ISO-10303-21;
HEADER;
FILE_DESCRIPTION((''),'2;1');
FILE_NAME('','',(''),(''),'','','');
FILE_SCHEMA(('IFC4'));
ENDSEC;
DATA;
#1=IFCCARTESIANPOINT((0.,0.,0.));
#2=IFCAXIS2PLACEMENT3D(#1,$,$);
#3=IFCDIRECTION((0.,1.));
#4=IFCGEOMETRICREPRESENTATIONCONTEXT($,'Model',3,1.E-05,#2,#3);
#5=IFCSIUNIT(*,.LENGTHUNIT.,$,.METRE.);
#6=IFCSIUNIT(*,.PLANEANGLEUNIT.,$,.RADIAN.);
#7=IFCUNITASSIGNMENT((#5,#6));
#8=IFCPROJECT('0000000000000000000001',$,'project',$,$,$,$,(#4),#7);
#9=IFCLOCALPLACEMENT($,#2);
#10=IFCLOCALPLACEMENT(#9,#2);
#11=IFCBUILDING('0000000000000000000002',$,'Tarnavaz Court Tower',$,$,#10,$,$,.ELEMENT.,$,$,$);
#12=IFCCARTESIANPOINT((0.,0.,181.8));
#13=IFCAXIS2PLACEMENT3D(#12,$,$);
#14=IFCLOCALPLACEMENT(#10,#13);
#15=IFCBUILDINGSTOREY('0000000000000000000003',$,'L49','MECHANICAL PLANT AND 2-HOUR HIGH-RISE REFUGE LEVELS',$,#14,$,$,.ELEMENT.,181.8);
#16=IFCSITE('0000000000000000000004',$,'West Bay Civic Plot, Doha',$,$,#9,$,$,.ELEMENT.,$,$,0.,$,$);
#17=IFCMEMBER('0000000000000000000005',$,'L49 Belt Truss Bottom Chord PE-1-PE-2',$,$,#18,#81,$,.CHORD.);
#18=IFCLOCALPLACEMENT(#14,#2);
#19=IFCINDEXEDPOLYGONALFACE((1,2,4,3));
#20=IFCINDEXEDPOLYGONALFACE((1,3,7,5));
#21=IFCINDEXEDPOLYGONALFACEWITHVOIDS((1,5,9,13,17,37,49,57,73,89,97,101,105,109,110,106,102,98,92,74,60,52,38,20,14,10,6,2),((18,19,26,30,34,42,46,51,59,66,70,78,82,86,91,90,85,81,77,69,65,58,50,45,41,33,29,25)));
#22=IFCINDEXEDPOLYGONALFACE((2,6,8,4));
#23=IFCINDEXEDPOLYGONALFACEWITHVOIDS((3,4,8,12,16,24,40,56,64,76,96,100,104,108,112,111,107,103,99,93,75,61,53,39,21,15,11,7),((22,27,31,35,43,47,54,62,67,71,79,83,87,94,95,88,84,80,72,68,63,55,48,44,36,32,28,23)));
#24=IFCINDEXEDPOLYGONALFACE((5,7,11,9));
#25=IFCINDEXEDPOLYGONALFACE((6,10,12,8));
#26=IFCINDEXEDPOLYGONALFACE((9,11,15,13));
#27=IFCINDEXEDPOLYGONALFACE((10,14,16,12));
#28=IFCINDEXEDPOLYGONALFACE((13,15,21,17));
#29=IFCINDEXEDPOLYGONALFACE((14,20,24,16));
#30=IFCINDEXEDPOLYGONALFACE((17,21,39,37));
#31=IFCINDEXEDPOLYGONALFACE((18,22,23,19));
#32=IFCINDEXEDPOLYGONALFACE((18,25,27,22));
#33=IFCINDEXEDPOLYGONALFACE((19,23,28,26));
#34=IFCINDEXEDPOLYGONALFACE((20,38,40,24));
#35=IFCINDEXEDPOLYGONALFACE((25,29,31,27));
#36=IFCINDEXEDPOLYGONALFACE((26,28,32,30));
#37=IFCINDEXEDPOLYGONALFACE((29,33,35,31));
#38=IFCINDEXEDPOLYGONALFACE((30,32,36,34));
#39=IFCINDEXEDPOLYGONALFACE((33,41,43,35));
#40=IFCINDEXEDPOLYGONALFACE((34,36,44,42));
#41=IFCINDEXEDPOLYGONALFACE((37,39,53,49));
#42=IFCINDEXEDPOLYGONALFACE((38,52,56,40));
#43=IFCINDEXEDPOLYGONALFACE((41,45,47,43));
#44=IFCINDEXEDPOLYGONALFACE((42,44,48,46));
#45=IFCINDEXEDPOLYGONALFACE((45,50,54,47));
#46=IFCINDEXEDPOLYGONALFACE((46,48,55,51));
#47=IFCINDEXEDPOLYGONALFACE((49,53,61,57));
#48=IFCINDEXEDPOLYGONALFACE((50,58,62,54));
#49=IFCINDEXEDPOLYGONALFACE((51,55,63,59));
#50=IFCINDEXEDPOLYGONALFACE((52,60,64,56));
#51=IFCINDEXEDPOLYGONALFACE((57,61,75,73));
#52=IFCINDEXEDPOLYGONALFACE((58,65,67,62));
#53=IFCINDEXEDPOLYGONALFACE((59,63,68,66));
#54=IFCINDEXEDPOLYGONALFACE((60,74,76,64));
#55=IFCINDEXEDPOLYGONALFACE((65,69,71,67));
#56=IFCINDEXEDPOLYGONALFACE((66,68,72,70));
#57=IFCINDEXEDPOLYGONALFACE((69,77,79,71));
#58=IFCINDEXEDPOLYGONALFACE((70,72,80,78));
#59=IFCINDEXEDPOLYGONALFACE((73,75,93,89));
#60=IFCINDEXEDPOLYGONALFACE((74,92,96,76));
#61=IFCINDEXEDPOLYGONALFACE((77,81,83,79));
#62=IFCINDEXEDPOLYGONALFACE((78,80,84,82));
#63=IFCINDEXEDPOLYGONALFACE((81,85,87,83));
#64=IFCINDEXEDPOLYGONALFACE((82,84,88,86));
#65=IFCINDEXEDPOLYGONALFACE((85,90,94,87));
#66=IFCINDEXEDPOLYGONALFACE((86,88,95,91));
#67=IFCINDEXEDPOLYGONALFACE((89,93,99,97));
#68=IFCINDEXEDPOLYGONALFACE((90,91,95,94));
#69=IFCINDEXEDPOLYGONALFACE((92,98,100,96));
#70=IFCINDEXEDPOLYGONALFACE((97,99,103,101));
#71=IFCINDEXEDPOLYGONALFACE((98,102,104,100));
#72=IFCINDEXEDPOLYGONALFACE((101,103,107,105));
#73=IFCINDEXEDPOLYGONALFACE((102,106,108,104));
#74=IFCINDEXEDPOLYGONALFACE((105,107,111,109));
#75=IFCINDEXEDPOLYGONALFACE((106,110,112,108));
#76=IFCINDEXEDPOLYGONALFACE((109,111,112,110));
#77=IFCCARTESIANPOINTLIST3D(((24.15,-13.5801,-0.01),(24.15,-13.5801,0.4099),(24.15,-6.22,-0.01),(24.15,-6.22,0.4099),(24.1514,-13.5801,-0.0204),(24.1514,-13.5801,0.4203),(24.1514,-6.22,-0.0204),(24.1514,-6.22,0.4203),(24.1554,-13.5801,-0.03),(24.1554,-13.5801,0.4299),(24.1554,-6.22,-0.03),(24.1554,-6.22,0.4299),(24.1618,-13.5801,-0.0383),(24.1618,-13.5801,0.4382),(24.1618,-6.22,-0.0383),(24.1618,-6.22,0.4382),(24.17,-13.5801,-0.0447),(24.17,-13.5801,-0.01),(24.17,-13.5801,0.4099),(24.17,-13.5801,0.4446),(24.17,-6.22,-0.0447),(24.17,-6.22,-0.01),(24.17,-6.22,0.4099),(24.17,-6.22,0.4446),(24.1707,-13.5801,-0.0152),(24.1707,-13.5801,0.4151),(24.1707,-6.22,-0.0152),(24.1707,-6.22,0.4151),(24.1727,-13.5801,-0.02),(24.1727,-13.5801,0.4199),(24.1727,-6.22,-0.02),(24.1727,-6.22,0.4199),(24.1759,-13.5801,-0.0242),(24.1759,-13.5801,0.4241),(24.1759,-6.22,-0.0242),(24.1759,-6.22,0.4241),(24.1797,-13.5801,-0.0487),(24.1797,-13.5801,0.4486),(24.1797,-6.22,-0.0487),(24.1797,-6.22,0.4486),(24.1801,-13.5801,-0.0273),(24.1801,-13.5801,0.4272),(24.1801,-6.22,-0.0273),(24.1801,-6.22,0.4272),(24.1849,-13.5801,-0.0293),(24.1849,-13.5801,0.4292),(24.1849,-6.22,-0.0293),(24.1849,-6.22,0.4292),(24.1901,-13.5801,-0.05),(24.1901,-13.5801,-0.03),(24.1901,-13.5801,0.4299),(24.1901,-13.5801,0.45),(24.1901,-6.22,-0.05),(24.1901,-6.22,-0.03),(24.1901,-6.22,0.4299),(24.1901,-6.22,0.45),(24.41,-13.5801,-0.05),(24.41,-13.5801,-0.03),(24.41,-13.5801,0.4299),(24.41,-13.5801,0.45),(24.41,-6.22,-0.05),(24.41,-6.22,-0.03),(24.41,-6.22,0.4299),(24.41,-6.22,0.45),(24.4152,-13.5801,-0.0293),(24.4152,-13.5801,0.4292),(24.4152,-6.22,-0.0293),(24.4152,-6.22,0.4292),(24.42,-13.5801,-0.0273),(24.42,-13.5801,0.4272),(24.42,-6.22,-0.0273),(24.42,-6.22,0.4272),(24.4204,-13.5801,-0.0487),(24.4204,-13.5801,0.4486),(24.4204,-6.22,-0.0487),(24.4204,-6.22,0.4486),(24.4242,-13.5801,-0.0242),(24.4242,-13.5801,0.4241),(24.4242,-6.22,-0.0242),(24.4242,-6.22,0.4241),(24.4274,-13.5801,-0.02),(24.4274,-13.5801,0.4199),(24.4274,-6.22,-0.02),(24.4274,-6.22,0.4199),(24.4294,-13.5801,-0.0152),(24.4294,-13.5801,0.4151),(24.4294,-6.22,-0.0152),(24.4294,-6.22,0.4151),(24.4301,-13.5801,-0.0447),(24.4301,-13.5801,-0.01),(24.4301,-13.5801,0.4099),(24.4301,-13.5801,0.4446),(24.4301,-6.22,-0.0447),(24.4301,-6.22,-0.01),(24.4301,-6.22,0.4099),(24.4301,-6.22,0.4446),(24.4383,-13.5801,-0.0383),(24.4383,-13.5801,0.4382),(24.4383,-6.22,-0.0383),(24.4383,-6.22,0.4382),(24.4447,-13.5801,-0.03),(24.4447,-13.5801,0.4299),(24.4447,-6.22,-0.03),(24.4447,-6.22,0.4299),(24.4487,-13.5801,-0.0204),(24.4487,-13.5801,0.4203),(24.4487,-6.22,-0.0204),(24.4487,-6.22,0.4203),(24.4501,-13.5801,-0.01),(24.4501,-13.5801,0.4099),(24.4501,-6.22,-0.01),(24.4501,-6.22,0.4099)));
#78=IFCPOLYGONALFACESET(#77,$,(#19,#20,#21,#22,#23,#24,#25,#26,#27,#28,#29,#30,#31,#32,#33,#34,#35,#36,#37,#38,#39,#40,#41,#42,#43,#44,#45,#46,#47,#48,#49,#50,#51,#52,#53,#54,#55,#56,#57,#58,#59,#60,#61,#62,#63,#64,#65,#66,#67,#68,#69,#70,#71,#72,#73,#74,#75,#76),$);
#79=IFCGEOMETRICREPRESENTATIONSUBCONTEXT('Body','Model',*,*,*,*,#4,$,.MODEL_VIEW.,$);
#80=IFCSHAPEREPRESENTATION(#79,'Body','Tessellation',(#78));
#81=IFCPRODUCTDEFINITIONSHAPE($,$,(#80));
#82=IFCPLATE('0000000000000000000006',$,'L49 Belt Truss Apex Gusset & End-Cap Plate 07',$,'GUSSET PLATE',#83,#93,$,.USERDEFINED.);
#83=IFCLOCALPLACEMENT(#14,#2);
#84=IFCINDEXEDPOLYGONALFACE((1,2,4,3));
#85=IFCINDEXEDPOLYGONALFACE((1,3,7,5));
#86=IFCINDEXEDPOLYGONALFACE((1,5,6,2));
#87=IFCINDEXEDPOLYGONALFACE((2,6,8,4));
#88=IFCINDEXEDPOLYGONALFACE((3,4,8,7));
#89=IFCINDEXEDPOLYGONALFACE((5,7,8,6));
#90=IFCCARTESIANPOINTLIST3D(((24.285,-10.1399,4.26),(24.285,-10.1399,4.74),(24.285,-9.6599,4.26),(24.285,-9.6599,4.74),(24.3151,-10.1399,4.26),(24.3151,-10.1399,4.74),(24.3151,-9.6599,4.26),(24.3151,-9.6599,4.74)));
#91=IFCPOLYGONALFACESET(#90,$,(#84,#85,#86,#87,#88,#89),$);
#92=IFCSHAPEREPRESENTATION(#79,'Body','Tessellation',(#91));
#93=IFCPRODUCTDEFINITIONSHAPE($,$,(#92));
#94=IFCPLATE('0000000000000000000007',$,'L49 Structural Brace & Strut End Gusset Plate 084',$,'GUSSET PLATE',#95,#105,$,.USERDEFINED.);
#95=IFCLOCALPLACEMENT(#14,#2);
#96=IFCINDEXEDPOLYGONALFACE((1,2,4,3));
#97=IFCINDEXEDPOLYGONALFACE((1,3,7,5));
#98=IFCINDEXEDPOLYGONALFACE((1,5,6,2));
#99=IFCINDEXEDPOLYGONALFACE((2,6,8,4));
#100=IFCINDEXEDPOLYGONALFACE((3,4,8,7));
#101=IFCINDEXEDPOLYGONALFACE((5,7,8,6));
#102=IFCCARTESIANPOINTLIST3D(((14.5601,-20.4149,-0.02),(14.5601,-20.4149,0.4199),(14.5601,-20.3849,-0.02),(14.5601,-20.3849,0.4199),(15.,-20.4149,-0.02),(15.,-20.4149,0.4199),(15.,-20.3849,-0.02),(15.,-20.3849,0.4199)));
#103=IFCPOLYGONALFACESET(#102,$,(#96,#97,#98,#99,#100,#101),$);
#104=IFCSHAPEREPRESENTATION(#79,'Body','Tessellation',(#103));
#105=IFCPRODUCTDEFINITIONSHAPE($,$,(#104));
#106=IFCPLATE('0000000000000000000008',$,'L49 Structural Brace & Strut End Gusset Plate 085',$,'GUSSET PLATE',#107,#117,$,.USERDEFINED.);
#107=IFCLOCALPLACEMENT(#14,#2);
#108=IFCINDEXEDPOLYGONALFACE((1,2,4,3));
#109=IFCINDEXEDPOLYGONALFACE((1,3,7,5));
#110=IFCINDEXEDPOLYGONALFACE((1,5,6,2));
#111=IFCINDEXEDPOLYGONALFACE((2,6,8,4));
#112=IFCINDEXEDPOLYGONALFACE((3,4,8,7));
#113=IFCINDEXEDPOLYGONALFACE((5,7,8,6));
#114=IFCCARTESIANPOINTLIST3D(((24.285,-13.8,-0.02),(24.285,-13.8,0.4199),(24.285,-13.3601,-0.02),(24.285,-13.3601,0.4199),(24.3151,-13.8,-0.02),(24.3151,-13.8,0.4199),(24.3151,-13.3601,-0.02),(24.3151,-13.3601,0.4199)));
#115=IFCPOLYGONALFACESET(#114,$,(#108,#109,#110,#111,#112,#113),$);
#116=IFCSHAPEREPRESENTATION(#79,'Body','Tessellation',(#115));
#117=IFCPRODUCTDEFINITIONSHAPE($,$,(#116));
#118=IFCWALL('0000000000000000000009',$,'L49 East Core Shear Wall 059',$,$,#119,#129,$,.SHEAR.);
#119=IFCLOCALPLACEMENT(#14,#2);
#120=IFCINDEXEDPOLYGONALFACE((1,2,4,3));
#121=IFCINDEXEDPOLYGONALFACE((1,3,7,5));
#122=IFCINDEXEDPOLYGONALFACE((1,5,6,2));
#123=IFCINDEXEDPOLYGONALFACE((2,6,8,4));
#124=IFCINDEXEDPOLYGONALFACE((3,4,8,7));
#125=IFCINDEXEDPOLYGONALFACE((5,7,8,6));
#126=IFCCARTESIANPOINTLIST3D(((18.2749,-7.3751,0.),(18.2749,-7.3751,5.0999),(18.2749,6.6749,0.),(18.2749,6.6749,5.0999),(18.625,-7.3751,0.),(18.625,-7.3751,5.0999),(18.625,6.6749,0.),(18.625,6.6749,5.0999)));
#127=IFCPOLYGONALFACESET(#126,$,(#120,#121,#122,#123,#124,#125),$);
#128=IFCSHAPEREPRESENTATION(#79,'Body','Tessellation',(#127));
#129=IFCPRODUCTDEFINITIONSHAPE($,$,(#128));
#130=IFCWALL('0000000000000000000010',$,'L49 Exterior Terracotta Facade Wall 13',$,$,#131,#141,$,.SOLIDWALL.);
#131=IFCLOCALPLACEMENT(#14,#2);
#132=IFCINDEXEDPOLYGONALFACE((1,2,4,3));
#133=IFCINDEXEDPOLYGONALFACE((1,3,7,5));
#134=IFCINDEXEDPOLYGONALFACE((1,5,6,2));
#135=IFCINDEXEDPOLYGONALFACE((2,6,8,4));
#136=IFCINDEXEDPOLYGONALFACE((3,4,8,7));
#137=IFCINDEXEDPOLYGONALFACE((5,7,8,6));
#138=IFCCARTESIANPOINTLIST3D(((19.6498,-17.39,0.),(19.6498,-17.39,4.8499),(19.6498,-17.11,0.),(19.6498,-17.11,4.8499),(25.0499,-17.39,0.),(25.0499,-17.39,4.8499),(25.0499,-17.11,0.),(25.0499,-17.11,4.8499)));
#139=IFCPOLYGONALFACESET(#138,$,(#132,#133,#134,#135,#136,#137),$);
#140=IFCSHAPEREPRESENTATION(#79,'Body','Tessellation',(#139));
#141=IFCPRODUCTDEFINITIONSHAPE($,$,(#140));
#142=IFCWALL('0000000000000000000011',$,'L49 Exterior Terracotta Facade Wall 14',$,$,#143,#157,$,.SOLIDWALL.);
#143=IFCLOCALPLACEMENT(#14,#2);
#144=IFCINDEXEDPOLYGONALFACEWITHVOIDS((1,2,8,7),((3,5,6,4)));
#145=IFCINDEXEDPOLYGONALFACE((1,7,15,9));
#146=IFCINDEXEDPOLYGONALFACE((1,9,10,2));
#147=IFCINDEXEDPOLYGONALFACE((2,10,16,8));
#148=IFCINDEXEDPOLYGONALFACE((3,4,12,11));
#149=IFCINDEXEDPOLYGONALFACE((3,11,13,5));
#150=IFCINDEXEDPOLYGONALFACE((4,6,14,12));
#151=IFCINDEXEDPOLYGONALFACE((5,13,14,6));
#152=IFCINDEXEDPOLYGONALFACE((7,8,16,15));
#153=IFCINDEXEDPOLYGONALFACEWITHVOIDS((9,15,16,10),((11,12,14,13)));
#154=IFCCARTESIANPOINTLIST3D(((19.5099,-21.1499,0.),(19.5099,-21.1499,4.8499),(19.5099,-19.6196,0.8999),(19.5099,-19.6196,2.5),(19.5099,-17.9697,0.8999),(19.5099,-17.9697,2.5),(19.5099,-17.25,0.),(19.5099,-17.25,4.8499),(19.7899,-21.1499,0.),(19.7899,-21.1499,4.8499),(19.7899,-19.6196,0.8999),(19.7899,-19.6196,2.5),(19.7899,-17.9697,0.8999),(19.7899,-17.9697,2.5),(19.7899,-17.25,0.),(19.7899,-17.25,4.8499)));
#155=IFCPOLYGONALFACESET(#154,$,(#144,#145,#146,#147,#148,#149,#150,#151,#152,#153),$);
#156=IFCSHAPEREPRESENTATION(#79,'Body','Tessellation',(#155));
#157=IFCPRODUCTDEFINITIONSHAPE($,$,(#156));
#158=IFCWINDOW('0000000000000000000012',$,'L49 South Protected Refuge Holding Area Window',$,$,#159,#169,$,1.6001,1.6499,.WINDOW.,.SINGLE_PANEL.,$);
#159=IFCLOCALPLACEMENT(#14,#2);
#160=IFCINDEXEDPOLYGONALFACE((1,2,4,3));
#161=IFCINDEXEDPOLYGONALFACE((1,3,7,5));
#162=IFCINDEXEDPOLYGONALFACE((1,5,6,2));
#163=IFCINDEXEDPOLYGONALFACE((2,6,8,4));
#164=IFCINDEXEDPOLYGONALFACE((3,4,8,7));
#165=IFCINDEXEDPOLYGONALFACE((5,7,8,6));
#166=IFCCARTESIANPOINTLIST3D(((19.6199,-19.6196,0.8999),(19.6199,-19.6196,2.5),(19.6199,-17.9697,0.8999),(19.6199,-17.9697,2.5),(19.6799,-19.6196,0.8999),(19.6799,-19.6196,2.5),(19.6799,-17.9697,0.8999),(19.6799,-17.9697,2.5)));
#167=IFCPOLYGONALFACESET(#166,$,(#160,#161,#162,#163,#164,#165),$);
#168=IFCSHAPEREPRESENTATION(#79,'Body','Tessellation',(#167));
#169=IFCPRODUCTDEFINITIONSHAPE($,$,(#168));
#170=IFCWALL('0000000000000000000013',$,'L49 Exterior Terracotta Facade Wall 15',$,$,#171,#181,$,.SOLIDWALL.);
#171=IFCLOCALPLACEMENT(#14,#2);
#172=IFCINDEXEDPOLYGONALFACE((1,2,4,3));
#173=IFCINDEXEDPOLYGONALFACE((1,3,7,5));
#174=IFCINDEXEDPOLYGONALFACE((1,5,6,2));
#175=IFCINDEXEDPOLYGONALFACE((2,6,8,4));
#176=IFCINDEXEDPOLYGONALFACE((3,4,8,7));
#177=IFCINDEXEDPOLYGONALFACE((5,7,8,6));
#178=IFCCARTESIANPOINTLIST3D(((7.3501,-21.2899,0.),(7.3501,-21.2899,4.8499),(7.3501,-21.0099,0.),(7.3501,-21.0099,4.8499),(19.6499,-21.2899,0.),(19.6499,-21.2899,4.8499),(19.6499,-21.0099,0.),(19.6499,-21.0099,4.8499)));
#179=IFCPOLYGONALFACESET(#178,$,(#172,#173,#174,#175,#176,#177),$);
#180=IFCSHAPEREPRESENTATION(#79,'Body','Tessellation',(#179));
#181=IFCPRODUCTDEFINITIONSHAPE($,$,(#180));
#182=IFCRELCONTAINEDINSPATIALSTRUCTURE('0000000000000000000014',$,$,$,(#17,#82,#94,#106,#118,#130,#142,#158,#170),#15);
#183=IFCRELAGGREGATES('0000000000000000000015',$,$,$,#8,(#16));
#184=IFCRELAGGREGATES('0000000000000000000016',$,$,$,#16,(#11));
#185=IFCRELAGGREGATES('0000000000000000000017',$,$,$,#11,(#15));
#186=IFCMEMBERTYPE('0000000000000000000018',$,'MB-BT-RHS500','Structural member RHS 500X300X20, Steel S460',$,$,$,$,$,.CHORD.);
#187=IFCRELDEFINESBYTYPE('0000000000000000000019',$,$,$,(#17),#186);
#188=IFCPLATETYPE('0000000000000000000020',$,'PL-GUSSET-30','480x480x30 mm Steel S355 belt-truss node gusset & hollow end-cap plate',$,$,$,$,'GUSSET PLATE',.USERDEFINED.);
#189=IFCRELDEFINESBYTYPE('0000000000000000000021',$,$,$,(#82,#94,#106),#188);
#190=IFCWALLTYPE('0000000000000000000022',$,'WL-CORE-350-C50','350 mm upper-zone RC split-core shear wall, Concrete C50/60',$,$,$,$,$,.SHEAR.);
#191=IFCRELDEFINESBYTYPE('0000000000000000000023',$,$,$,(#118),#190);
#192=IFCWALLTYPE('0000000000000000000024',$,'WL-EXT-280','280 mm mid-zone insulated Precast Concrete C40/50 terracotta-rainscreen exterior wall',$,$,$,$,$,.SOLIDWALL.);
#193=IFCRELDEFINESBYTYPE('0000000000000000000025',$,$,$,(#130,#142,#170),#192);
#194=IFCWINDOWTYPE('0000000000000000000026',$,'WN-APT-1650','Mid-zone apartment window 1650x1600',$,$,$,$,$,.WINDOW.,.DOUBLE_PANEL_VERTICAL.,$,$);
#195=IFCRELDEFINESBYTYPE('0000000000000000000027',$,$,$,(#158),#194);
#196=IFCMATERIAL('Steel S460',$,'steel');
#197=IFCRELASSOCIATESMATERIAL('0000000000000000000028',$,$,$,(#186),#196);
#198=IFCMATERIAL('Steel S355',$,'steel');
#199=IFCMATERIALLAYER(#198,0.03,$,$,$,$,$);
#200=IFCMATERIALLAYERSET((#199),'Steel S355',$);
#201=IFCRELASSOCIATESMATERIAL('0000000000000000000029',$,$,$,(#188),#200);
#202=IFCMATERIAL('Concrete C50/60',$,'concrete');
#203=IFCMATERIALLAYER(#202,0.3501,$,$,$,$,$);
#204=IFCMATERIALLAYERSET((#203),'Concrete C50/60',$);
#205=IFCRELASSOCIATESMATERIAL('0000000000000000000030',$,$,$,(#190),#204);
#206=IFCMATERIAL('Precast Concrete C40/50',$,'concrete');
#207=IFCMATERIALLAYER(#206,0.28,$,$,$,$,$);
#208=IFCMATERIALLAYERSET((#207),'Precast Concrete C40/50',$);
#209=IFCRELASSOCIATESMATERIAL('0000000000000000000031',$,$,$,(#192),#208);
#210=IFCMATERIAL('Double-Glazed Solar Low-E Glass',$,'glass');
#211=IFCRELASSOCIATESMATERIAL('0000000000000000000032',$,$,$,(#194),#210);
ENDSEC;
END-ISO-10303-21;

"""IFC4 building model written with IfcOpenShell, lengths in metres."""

from ifc_helpers import new_model, si_unit, direction, frame, frame_2d, origin, origin_2d, place, context, subcontext, project, spatial, rectangle, hollow_rectangle, extrude, material, layer, layer_set, material_profile, profile_set, type_object, element, fill, save


model = new_model("IFC4")

# Units and contexts
model_context = context("Model", 3, precision=1e-05, world=origin(), true_north=direction((0.0, 1.0)))
body_context = subcontext(model_context, "Body", "Model", "MODEL_VIEW")
ifc_project = project(units=[si_unit("LENGTHUNIT", "METRE"), si_unit("PLANEANGLEUNIT", "RADIAN")], contexts=[model_context])

# Site, building, storey
site_placement = place(None, origin())
site = spatial("IfcSite", under=ifc_project, at=site_placement, Name="West Bay Civic Plot, Doha", CompositionType="ELEMENT", RefElevation=0.0)
building_placement = place(site_placement, origin())
building = spatial("IfcBuilding", under=site, at=building_placement, Name="Tarnavaz Court Tower", CompositionType="ELEMENT")
storey_placement = place(building_placement, frame((0.0, 0.0, 181.8)))
storey = spatial("IfcBuildingStorey", under=building, at=storey_placement, Name="L49", Description="MECHANICAL PLANT AND 2-HOUR HIGH-RISE REFUGE LEVELS", CompositionType="ELEMENT", Elevation=181.8)

# Shared definitions
ifc_material_1 = material(Name="Steel S460", Category="steel")

# Shared definitions
ifc_material_2 = material(Name="Concrete C50/60", Category="concrete")

# Member
ifc_material_profile_1 = material_profile(ifc_material_1, hollow_rectangle(XDim=0.3, YDim=0.5, WallThickness=0.02, InnerFilletRadius=0.02, OuterFilletRadius=0.04, at=origin_2d()), Name="RHS 500X300X20")
ifc_profile_set_1 = profile_set([ifc_material_profile_1], Name="Steel S460")
member_type_1 = type_object("IfcMemberType", Name="MB-BT-RHS500", Description="Structural member RHS 500X300X20, Steel S460", PredefinedType="CHORD", material=ifc_profile_set_1)
member_1_placement = place(storey_placement, frame((24.3, -13.5801, 0.2), z_axis=(0.0, 1.0, 0.0), x_axis=(-1.0, 0.0, 0.0)))
element("IfcMember", 1, at=member_1_placement, inside=storey, type_object=member_type_1, Name="L49 Belt Truss Bottom Chord PE-1-PE-2", PredefinedType="CHORD", context=body_context, shape_type="SweptSolid", body=[
    extrude(hollow_rectangle(XDim=0.3, YDim=0.5, WallThickness=0.02, InnerFilletRadius=0.02, OuterFilletRadius=0.04, at=origin_2d()), origin(), (0.0, 0.0, 1.0), 7.3601),
])

# Plates
ifc_material_3 = material(Name="Steel S355", Category="steel")
ifc_layer_1 = layer(ifc_material_3, 0.03)
ifc_layer_set_1 = layer_set([ifc_layer_1], Name="Steel S355")
plate_type = type_object("IfcPlateType", Name="PL-GUSSET-30", Description="480x480x30 mm Steel S355 belt-truss node gusset & hollow end-cap plate", ElementType="GUSSET PLATE", PredefinedType="USERDEFINED", material=ifc_layer_set_1)
plate_placement = place(storey_placement, frame((24.3, -9.8999, 4.26), z_axis=(0.0, 0.0, 1.0), x_axis=(0.0, 1.0, 0.0)))
element("IfcPlate", 2, at=plate_placement, inside=storey, type_object=plate_type, Name="L49 Belt Truss Apex Gusset & End-Cap Plate 07", ObjectType="GUSSET PLATE", PredefinedType="USERDEFINED", context=body_context, shape_type="SweptSolid", body=[
    extrude(rectangle(XDim=0.48, YDim=0.03, at=origin_2d()), origin(), (0.0, 0.0, 1.0), 0.48),
])
for number, where, z_axis, x_axis, name in (
    (3, (14.78, -20.3999, -0.02), (0.0, 0.0, 1.0), (1.0, 0.0, 0.0), "L49 Structural Brace & Strut End Gusset Plate 084"),
    (4, (24.3, -13.5801, -0.02), (0.0, 0.0, 1.0), (0.0, 1.0, 0.0), "L49 Structural Brace & Strut End Gusset Plate 085"),
):
    element("IfcPlate", number, at=place(storey_placement, frame(where, z_axis=z_axis, x_axis=x_axis)), inside=storey, type_object=plate_type, Name=name, ObjectType="GUSSET PLATE", PredefinedType="USERDEFINED", context=body_context, shape_type="SweptSolid", body=[
        extrude(rectangle(XDim=0.4399, YDim=0.03, at=origin_2d()), origin(), (0.0, 0.0, 1.0), 0.4399),
    ])

# Walls
ifc_layer_2 = layer(ifc_material_2, 0.3501)
ifc_layer_set_2 = layer_set([ifc_layer_2], Name="Concrete C50/60")
wall_type_1 = type_object("IfcWallType", Name="WL-CORE-350-C50", Description="350 mm upper-zone RC split-core shear wall, Concrete C50/60", PredefinedType="SHEAR", material=ifc_layer_set_2)
wall_1_placement = place(storey_placement, frame((18.45, -7.375, 0.0), z_axis=(0.0, 0.0, 1.0), x_axis=(0.0, 1.0, 0.0)))
element("IfcWall", 5, at=wall_1_placement, inside=storey, type_object=wall_type_1, Name="L49 East Core Shear Wall 059", PredefinedType="SHEAR", context=body_context, shape_type="SweptSolid", body=[
    extrude(rectangle(XDim=14.05, YDim=0.3501, at=frame_2d((7.0249, 0.0))), origin(), (0.0, 0.0, 1.0), 5.0999),
])
ifc_material_4 = material(Name="Precast Concrete C40/50", Category="concrete")
ifc_layer_3 = layer(ifc_material_4, 0.28)
ifc_layer_set_3 = layer_set([ifc_layer_3], Name="Precast Concrete C40/50")
wall_type_2 = type_object("IfcWallType", Name="WL-EXT-280", Description="280 mm mid-zone insulated Precast Concrete C40/50 terracotta-rainscreen exterior wall", PredefinedType="SOLIDWALL", material=ifc_layer_set_3)
wall_2_placement = place(storey_placement, frame((25.05, -17.25, 0.0), z_axis=(0.0, 0.0, 1.0), x_axis=(-1.0, 0.0, 0.0)))
element("IfcWall", 6, at=wall_2_placement, inside=storey, type_object=wall_type_2, Name="L49 Exterior Terracotta Facade Wall 13", PredefinedType="SOLIDWALL", context=body_context, shape_type="SweptSolid", body=[
    extrude(rectangle(XDim=5.4001, YDim=0.28, at=frame_2d((2.7002, 0.0))), origin(), (0.0, 0.0, 1.0), 4.8499),
])

# Wall, opening, window
wall_3_placement = place(storey_placement, frame((19.6499, -17.25, 0.0), z_axis=(0.0, 0.0, 1.0), x_axis=(0.0, -1.0, 0.0)))
wall_3 = element("IfcWall", 7, at=wall_3_placement, inside=storey, type_object=wall_type_2, Name="L49 Exterior Terracotta Facade Wall 14", PredefinedType="SOLIDWALL", context=body_context, shape_type="SweptSolid", body=[
    extrude(rectangle(XDim=3.8999, YDim=0.28, at=frame_2d((1.95, 0.0))), origin(), (0.0, 0.0, 1.0), 4.8499),
])
opening_1_placement = place(wall_3_placement, frame((0.7197, 0.0, 0.8999)))
opening_1 = element("IfcOpeningElement", 8, at=opening_1_placement, cuts=wall_3, PredefinedType="OPENING", context=body_context, shape_type="SweptSolid", body=[
    extrude(rectangle(XDim=1.6499, YDim=1.6001, at=frame_2d((0.825, 0.8))), frame((0.0, 0.1499, 0.0), z_axis=(0.0, -1.0, 0.0), x_axis=(1.0, 0.0, 0.0)), (0.0, 0.0, 1.0), 0.3),
])
ifc_material_5 = material(Name="Double-Glazed Solar Low-E Glass", Category="glass")
window_type = type_object("IfcWindowType", Name="WN-APT-1650", Description="Mid-zone apartment window 1650x1600", PartitioningType="DOUBLE_PANEL_VERTICAL", PredefinedType="WINDOW", material=ifc_material_5)
window_placement = place(opening_1_placement, origin())
window = element("IfcWindow", 9, at=window_placement, inside=storey, type_object=window_type, Name="L49 South Protected Refuge Holding Area Window", OverallHeight=1.6001, OverallWidth=1.6499, PartitioningType="SINGLE_PANEL", PredefinedType="WINDOW", context=body_context, shape_type="SweptSolid", body=[
    extrude(rectangle(XDim=1.6499, YDim=1.6001, at=frame_2d((0.825, 0.8))), frame((0.0, 0.03, 0.0), z_axis=(0.0, -1.0, 0.0), x_axis=(1.0, 0.0, 0.0)), (0.0, 0.0, 1.0), 0.0601),
])
fill(opening_1, window)

# Wall
wall_4_placement = place(storey_placement, frame((19.6499, -21.1499, 0.0), z_axis=(0.0, 0.0, 1.0), x_axis=(-1.0, 0.0, 0.0)))
element("IfcWall", 10, at=wall_4_placement, inside=storey, type_object=wall_type_2, Name="L49 Exterior Terracotta Facade Wall 15", PredefinedType="SOLIDWALL", context=body_context, shape_type="SweptSolid", body=[
    extrude(rectangle(XDim=12.2998, YDim=0.28, at=frame_2d((6.1499, 0.0))), origin(), (0.0, 0.0, 1.0), 4.8499),
])

save(model, "model.ifc")
